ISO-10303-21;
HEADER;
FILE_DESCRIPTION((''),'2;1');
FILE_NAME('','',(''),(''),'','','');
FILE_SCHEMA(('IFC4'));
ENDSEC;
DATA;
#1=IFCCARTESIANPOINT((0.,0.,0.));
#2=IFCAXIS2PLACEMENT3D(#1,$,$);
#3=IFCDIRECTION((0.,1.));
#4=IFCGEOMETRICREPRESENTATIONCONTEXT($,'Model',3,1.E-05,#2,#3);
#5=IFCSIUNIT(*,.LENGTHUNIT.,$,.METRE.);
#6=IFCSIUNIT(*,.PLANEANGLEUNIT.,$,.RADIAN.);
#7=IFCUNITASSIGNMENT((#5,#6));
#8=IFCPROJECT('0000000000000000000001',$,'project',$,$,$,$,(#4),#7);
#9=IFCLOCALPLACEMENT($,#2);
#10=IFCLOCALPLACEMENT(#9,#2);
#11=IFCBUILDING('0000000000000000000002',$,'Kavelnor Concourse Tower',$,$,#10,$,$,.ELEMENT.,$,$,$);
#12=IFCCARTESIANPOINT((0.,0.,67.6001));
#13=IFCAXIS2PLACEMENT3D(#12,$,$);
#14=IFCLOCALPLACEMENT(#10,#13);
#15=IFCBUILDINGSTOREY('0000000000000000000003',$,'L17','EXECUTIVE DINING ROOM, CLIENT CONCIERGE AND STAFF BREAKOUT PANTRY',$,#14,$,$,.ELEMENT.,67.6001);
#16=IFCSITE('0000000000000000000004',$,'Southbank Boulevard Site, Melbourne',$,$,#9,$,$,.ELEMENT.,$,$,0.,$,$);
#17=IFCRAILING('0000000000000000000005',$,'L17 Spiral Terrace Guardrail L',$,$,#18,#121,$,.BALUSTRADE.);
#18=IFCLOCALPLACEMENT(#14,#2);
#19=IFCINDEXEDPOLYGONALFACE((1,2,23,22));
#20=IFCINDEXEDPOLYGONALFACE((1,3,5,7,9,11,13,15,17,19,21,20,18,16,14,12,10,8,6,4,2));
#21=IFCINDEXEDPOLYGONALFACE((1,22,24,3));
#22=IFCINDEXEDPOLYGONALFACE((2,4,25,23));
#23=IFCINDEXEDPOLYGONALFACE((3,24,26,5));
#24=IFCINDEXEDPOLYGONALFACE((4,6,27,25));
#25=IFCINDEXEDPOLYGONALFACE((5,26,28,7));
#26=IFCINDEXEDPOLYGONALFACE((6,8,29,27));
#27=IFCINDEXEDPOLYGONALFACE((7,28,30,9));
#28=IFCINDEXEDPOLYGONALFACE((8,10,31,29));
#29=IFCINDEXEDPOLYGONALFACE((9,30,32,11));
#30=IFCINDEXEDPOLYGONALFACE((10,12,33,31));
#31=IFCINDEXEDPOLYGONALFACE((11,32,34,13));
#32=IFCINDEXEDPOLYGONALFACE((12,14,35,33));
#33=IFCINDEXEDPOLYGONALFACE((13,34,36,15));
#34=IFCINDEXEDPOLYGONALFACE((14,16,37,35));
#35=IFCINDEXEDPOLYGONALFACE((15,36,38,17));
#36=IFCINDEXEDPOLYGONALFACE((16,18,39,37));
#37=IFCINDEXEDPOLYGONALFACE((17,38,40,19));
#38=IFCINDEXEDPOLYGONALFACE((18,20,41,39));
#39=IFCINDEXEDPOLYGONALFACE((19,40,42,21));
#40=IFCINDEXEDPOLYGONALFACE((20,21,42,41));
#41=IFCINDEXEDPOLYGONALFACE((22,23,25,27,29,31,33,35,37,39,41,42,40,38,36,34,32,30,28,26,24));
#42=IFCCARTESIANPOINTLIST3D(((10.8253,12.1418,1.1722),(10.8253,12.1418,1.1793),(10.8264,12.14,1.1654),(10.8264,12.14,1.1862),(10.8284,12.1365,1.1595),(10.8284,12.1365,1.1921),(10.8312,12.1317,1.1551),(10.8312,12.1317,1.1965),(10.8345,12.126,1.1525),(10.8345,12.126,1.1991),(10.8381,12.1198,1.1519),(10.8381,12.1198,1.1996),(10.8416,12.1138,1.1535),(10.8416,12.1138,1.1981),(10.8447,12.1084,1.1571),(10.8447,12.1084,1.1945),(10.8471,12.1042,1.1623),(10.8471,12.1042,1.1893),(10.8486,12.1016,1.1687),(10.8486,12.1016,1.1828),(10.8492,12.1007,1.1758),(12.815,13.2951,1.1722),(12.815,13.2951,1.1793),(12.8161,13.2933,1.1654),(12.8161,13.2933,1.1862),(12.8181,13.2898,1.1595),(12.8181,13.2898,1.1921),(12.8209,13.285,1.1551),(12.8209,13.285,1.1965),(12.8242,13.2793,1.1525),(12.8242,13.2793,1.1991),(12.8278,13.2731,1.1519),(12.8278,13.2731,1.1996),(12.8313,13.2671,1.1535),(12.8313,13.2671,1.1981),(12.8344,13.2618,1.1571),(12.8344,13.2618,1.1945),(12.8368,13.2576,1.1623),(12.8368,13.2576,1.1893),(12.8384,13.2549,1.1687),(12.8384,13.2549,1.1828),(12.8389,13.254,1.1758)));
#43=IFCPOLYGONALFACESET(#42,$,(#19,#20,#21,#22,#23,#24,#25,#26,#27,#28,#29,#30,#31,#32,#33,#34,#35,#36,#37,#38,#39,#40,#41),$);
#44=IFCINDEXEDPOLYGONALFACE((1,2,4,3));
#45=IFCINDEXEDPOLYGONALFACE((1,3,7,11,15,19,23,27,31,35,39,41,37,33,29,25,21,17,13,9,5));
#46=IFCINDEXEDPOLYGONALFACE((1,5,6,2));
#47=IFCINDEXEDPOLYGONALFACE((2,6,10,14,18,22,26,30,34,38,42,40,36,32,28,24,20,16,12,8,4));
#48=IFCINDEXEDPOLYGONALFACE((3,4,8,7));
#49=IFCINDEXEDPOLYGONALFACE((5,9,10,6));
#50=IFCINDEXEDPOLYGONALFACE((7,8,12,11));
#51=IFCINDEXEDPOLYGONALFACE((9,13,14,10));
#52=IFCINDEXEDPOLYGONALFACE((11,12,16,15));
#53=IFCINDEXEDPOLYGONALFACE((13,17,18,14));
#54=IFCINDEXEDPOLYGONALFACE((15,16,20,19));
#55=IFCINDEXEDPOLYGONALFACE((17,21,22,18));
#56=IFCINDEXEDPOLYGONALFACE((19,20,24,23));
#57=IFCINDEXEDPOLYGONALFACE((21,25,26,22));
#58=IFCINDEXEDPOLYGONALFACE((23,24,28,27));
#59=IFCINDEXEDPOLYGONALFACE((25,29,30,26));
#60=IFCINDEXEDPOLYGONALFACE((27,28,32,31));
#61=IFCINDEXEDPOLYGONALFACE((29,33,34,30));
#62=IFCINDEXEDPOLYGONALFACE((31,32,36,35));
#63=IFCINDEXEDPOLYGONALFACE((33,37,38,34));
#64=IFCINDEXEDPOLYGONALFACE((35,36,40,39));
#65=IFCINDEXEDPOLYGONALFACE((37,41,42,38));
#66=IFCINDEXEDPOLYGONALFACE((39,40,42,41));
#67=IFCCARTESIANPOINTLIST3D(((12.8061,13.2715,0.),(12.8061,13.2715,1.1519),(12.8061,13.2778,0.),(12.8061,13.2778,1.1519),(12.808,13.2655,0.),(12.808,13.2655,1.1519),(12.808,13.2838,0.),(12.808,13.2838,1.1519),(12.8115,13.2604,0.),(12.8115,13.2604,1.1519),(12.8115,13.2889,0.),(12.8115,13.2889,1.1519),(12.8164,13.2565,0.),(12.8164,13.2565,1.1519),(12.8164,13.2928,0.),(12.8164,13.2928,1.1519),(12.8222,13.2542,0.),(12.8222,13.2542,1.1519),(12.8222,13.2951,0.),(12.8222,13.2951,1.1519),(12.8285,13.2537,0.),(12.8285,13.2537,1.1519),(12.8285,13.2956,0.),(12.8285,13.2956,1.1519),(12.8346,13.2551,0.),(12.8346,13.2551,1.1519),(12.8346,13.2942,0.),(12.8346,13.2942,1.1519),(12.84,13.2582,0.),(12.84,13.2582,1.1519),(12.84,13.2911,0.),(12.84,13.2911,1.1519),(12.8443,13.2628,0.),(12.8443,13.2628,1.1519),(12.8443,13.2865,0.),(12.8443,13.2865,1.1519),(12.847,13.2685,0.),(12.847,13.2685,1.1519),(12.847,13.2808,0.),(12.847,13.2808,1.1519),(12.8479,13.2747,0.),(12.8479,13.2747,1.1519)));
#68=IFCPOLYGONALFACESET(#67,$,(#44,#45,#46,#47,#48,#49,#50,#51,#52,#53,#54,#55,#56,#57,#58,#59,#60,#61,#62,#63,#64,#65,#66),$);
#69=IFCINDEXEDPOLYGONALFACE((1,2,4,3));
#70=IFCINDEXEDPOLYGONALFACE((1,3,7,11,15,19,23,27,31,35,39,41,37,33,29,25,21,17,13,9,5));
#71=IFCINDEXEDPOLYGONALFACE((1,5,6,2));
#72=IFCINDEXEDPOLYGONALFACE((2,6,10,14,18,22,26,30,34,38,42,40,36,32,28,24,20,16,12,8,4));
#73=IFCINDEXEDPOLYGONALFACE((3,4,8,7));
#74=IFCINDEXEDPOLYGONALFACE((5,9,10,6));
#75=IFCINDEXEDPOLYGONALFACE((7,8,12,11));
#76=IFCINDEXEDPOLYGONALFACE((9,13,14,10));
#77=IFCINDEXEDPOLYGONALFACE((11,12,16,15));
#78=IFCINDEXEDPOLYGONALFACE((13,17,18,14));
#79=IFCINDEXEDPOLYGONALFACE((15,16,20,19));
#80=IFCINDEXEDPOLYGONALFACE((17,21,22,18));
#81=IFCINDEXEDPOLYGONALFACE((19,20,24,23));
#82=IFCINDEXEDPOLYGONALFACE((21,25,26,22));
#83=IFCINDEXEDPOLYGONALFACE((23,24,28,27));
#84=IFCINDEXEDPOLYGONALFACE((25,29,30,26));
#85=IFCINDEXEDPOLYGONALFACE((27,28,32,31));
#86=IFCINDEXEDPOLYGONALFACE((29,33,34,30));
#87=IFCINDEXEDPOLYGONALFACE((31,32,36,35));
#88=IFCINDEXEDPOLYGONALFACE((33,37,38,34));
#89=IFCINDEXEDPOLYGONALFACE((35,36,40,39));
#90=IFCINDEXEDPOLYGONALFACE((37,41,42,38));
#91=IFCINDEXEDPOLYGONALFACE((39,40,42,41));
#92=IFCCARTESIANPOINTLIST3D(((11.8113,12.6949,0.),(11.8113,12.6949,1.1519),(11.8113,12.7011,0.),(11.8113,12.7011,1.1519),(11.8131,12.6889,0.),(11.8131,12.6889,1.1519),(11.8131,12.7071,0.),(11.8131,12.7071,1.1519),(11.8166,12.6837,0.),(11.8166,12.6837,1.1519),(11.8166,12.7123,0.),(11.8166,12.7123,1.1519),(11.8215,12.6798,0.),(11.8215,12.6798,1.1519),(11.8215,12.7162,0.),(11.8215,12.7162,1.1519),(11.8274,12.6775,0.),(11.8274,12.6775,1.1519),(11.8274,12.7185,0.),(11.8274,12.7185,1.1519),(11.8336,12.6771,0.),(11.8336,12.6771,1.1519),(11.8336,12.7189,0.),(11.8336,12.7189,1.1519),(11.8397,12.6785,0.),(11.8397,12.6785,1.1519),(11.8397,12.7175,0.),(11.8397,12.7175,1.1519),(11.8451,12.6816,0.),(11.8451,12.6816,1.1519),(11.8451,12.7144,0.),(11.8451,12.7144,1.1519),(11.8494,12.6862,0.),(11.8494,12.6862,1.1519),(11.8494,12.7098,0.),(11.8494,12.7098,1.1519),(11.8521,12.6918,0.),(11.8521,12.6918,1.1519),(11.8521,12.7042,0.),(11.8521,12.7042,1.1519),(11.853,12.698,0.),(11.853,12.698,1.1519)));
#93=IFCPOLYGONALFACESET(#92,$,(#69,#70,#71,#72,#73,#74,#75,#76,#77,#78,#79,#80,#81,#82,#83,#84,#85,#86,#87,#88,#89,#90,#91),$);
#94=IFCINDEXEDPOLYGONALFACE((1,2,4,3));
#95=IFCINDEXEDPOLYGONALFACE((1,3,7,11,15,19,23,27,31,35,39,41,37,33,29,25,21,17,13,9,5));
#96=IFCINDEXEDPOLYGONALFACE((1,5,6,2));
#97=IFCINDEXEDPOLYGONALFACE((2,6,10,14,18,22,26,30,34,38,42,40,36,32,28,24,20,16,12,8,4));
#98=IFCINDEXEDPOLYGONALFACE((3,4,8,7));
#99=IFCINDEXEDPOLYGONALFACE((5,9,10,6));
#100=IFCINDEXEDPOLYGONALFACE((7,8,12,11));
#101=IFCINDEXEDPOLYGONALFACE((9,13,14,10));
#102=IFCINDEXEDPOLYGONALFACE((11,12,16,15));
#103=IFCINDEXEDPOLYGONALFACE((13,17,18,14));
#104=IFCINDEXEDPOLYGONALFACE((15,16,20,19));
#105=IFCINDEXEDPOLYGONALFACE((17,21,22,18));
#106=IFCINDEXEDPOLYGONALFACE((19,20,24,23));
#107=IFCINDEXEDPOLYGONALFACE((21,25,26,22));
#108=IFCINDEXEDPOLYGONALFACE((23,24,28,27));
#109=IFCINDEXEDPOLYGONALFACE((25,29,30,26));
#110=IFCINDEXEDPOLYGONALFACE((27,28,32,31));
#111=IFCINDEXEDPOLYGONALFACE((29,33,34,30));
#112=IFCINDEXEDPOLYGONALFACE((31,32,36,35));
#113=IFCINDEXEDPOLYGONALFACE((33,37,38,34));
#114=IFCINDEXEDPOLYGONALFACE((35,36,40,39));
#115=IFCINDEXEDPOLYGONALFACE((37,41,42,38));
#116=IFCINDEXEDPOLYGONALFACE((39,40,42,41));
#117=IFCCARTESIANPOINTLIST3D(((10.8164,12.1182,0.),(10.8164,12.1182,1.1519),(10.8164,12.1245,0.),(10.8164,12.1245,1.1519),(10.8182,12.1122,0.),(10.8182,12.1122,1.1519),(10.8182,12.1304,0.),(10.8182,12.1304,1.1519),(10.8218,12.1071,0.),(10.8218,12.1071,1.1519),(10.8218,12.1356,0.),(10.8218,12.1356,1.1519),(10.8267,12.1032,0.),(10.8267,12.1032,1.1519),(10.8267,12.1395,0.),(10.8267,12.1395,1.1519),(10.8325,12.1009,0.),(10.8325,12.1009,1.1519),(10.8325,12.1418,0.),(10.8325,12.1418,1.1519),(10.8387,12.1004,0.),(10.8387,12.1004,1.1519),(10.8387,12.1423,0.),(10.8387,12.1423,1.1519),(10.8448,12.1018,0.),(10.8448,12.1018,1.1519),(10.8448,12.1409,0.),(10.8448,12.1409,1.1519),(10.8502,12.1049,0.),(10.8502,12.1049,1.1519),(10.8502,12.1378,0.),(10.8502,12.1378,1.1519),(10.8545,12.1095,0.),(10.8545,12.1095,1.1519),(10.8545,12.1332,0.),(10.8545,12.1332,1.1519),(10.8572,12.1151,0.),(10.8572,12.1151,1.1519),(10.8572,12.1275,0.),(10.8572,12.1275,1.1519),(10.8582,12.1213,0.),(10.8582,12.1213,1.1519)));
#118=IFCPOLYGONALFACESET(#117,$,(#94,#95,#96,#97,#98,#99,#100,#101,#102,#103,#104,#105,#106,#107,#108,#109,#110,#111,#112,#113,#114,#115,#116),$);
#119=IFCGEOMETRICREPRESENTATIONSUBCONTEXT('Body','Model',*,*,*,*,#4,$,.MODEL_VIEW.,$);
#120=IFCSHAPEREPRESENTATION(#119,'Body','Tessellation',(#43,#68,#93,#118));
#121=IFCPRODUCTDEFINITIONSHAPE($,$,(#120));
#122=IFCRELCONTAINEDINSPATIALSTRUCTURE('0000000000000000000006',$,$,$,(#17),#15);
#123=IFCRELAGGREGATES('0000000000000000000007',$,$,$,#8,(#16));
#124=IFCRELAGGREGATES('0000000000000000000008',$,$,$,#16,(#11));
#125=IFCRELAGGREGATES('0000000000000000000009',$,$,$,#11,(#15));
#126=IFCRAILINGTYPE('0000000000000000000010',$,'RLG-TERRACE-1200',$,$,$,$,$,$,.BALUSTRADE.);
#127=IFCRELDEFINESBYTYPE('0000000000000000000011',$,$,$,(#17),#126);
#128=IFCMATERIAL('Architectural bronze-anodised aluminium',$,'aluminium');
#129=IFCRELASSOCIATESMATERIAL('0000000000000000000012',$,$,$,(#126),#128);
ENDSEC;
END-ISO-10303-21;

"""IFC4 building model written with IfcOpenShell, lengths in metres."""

from ifc_helpers import new_model, si_unit, direction, frame, origin, origin_2d, place, context, subcontext, project, spatial, circle, extrude, material, type_object, element, save


model = new_model("IFC4")

# Units and contexts
model_context = context("Model", 3, precision=1e-05, world=origin(), true_north=direction((0.0, 1.0)))
body_context = subcontext(model_context, "Body", "Model", "MODEL_VIEW")
ifc_project = project(units=[si_unit("LENGTHUNIT", "METRE"), si_unit("PLANEANGLEUNIT", "RADIAN")], contexts=[model_context])

# Site, building, storey
site_placement = place(None, origin())
site = spatial("IfcSite", under=ifc_project, at=site_placement, Name="Southbank Boulevard Site, Melbourne", CompositionType="ELEMENT", RefElevation=0.0)
building_placement = place(site_placement, origin())
building = spatial("IfcBuilding", under=site, at=building_placement, Name="Kavelnor Concourse Tower", CompositionType="ELEMENT")
storey_placement = place(building_placement, frame((0.0, 0.0, 67.6001)))
storey = spatial("IfcBuildingStorey", under=building, at=storey_placement, Name="L17", Description="EXECUTIVE DINING ROOM, CLIENT CONCIERGE AND STAFF BREAKOUT PANTRY", CompositionType="ELEMENT", Elevation=67.6001)

# Railing
ifc_material_1 = material(Name="Architectural bronze-anodised aluminium", Category="aluminium")
railing_type = type_object("IfcRailingType", Name="RLG-TERRACE-1200", PredefinedType="BALUSTRADE", material=ifc_material_1)
railing_1_placement = place(storey_placement, frame((12.8269, 13.2747, 0.0)))
element("IfcRailing", 1, at=railing_1_placement, inside=storey, type_object=railing_type, Name="L17 Spiral Terrace Guardrail L", PredefinedType="BALUSTRADE", context=body_context, shape_type="SweptSolid", body=[
    extrude(circle(Radius=0.0239, at=origin_2d()), frame((0.0, 0.0, 1.1758), z_axis=(-0.865169, -0.50148, 0.0), x_axis=(0.50148, -0.865169, 0.0)), (0.0, 0.0, 1.0), 2.2998),
    extrude(circle(Radius=0.021, at=origin_2d()), origin(), (0.0, 0.0, 1.0), 1.1519),
    extrude(circle(Radius=0.021, at=origin_2d()), frame((-0.9949, -0.5767, 0.0)), (0.0, 0.0, 1.0), 1.1519),
    extrude(circle(Radius=0.021, at=origin_2d()), frame((-1.9897, -1.1533, 0.0)), (0.0, 0.0, 1.0), 1.1519),
])

save(model, "model.ifc")
